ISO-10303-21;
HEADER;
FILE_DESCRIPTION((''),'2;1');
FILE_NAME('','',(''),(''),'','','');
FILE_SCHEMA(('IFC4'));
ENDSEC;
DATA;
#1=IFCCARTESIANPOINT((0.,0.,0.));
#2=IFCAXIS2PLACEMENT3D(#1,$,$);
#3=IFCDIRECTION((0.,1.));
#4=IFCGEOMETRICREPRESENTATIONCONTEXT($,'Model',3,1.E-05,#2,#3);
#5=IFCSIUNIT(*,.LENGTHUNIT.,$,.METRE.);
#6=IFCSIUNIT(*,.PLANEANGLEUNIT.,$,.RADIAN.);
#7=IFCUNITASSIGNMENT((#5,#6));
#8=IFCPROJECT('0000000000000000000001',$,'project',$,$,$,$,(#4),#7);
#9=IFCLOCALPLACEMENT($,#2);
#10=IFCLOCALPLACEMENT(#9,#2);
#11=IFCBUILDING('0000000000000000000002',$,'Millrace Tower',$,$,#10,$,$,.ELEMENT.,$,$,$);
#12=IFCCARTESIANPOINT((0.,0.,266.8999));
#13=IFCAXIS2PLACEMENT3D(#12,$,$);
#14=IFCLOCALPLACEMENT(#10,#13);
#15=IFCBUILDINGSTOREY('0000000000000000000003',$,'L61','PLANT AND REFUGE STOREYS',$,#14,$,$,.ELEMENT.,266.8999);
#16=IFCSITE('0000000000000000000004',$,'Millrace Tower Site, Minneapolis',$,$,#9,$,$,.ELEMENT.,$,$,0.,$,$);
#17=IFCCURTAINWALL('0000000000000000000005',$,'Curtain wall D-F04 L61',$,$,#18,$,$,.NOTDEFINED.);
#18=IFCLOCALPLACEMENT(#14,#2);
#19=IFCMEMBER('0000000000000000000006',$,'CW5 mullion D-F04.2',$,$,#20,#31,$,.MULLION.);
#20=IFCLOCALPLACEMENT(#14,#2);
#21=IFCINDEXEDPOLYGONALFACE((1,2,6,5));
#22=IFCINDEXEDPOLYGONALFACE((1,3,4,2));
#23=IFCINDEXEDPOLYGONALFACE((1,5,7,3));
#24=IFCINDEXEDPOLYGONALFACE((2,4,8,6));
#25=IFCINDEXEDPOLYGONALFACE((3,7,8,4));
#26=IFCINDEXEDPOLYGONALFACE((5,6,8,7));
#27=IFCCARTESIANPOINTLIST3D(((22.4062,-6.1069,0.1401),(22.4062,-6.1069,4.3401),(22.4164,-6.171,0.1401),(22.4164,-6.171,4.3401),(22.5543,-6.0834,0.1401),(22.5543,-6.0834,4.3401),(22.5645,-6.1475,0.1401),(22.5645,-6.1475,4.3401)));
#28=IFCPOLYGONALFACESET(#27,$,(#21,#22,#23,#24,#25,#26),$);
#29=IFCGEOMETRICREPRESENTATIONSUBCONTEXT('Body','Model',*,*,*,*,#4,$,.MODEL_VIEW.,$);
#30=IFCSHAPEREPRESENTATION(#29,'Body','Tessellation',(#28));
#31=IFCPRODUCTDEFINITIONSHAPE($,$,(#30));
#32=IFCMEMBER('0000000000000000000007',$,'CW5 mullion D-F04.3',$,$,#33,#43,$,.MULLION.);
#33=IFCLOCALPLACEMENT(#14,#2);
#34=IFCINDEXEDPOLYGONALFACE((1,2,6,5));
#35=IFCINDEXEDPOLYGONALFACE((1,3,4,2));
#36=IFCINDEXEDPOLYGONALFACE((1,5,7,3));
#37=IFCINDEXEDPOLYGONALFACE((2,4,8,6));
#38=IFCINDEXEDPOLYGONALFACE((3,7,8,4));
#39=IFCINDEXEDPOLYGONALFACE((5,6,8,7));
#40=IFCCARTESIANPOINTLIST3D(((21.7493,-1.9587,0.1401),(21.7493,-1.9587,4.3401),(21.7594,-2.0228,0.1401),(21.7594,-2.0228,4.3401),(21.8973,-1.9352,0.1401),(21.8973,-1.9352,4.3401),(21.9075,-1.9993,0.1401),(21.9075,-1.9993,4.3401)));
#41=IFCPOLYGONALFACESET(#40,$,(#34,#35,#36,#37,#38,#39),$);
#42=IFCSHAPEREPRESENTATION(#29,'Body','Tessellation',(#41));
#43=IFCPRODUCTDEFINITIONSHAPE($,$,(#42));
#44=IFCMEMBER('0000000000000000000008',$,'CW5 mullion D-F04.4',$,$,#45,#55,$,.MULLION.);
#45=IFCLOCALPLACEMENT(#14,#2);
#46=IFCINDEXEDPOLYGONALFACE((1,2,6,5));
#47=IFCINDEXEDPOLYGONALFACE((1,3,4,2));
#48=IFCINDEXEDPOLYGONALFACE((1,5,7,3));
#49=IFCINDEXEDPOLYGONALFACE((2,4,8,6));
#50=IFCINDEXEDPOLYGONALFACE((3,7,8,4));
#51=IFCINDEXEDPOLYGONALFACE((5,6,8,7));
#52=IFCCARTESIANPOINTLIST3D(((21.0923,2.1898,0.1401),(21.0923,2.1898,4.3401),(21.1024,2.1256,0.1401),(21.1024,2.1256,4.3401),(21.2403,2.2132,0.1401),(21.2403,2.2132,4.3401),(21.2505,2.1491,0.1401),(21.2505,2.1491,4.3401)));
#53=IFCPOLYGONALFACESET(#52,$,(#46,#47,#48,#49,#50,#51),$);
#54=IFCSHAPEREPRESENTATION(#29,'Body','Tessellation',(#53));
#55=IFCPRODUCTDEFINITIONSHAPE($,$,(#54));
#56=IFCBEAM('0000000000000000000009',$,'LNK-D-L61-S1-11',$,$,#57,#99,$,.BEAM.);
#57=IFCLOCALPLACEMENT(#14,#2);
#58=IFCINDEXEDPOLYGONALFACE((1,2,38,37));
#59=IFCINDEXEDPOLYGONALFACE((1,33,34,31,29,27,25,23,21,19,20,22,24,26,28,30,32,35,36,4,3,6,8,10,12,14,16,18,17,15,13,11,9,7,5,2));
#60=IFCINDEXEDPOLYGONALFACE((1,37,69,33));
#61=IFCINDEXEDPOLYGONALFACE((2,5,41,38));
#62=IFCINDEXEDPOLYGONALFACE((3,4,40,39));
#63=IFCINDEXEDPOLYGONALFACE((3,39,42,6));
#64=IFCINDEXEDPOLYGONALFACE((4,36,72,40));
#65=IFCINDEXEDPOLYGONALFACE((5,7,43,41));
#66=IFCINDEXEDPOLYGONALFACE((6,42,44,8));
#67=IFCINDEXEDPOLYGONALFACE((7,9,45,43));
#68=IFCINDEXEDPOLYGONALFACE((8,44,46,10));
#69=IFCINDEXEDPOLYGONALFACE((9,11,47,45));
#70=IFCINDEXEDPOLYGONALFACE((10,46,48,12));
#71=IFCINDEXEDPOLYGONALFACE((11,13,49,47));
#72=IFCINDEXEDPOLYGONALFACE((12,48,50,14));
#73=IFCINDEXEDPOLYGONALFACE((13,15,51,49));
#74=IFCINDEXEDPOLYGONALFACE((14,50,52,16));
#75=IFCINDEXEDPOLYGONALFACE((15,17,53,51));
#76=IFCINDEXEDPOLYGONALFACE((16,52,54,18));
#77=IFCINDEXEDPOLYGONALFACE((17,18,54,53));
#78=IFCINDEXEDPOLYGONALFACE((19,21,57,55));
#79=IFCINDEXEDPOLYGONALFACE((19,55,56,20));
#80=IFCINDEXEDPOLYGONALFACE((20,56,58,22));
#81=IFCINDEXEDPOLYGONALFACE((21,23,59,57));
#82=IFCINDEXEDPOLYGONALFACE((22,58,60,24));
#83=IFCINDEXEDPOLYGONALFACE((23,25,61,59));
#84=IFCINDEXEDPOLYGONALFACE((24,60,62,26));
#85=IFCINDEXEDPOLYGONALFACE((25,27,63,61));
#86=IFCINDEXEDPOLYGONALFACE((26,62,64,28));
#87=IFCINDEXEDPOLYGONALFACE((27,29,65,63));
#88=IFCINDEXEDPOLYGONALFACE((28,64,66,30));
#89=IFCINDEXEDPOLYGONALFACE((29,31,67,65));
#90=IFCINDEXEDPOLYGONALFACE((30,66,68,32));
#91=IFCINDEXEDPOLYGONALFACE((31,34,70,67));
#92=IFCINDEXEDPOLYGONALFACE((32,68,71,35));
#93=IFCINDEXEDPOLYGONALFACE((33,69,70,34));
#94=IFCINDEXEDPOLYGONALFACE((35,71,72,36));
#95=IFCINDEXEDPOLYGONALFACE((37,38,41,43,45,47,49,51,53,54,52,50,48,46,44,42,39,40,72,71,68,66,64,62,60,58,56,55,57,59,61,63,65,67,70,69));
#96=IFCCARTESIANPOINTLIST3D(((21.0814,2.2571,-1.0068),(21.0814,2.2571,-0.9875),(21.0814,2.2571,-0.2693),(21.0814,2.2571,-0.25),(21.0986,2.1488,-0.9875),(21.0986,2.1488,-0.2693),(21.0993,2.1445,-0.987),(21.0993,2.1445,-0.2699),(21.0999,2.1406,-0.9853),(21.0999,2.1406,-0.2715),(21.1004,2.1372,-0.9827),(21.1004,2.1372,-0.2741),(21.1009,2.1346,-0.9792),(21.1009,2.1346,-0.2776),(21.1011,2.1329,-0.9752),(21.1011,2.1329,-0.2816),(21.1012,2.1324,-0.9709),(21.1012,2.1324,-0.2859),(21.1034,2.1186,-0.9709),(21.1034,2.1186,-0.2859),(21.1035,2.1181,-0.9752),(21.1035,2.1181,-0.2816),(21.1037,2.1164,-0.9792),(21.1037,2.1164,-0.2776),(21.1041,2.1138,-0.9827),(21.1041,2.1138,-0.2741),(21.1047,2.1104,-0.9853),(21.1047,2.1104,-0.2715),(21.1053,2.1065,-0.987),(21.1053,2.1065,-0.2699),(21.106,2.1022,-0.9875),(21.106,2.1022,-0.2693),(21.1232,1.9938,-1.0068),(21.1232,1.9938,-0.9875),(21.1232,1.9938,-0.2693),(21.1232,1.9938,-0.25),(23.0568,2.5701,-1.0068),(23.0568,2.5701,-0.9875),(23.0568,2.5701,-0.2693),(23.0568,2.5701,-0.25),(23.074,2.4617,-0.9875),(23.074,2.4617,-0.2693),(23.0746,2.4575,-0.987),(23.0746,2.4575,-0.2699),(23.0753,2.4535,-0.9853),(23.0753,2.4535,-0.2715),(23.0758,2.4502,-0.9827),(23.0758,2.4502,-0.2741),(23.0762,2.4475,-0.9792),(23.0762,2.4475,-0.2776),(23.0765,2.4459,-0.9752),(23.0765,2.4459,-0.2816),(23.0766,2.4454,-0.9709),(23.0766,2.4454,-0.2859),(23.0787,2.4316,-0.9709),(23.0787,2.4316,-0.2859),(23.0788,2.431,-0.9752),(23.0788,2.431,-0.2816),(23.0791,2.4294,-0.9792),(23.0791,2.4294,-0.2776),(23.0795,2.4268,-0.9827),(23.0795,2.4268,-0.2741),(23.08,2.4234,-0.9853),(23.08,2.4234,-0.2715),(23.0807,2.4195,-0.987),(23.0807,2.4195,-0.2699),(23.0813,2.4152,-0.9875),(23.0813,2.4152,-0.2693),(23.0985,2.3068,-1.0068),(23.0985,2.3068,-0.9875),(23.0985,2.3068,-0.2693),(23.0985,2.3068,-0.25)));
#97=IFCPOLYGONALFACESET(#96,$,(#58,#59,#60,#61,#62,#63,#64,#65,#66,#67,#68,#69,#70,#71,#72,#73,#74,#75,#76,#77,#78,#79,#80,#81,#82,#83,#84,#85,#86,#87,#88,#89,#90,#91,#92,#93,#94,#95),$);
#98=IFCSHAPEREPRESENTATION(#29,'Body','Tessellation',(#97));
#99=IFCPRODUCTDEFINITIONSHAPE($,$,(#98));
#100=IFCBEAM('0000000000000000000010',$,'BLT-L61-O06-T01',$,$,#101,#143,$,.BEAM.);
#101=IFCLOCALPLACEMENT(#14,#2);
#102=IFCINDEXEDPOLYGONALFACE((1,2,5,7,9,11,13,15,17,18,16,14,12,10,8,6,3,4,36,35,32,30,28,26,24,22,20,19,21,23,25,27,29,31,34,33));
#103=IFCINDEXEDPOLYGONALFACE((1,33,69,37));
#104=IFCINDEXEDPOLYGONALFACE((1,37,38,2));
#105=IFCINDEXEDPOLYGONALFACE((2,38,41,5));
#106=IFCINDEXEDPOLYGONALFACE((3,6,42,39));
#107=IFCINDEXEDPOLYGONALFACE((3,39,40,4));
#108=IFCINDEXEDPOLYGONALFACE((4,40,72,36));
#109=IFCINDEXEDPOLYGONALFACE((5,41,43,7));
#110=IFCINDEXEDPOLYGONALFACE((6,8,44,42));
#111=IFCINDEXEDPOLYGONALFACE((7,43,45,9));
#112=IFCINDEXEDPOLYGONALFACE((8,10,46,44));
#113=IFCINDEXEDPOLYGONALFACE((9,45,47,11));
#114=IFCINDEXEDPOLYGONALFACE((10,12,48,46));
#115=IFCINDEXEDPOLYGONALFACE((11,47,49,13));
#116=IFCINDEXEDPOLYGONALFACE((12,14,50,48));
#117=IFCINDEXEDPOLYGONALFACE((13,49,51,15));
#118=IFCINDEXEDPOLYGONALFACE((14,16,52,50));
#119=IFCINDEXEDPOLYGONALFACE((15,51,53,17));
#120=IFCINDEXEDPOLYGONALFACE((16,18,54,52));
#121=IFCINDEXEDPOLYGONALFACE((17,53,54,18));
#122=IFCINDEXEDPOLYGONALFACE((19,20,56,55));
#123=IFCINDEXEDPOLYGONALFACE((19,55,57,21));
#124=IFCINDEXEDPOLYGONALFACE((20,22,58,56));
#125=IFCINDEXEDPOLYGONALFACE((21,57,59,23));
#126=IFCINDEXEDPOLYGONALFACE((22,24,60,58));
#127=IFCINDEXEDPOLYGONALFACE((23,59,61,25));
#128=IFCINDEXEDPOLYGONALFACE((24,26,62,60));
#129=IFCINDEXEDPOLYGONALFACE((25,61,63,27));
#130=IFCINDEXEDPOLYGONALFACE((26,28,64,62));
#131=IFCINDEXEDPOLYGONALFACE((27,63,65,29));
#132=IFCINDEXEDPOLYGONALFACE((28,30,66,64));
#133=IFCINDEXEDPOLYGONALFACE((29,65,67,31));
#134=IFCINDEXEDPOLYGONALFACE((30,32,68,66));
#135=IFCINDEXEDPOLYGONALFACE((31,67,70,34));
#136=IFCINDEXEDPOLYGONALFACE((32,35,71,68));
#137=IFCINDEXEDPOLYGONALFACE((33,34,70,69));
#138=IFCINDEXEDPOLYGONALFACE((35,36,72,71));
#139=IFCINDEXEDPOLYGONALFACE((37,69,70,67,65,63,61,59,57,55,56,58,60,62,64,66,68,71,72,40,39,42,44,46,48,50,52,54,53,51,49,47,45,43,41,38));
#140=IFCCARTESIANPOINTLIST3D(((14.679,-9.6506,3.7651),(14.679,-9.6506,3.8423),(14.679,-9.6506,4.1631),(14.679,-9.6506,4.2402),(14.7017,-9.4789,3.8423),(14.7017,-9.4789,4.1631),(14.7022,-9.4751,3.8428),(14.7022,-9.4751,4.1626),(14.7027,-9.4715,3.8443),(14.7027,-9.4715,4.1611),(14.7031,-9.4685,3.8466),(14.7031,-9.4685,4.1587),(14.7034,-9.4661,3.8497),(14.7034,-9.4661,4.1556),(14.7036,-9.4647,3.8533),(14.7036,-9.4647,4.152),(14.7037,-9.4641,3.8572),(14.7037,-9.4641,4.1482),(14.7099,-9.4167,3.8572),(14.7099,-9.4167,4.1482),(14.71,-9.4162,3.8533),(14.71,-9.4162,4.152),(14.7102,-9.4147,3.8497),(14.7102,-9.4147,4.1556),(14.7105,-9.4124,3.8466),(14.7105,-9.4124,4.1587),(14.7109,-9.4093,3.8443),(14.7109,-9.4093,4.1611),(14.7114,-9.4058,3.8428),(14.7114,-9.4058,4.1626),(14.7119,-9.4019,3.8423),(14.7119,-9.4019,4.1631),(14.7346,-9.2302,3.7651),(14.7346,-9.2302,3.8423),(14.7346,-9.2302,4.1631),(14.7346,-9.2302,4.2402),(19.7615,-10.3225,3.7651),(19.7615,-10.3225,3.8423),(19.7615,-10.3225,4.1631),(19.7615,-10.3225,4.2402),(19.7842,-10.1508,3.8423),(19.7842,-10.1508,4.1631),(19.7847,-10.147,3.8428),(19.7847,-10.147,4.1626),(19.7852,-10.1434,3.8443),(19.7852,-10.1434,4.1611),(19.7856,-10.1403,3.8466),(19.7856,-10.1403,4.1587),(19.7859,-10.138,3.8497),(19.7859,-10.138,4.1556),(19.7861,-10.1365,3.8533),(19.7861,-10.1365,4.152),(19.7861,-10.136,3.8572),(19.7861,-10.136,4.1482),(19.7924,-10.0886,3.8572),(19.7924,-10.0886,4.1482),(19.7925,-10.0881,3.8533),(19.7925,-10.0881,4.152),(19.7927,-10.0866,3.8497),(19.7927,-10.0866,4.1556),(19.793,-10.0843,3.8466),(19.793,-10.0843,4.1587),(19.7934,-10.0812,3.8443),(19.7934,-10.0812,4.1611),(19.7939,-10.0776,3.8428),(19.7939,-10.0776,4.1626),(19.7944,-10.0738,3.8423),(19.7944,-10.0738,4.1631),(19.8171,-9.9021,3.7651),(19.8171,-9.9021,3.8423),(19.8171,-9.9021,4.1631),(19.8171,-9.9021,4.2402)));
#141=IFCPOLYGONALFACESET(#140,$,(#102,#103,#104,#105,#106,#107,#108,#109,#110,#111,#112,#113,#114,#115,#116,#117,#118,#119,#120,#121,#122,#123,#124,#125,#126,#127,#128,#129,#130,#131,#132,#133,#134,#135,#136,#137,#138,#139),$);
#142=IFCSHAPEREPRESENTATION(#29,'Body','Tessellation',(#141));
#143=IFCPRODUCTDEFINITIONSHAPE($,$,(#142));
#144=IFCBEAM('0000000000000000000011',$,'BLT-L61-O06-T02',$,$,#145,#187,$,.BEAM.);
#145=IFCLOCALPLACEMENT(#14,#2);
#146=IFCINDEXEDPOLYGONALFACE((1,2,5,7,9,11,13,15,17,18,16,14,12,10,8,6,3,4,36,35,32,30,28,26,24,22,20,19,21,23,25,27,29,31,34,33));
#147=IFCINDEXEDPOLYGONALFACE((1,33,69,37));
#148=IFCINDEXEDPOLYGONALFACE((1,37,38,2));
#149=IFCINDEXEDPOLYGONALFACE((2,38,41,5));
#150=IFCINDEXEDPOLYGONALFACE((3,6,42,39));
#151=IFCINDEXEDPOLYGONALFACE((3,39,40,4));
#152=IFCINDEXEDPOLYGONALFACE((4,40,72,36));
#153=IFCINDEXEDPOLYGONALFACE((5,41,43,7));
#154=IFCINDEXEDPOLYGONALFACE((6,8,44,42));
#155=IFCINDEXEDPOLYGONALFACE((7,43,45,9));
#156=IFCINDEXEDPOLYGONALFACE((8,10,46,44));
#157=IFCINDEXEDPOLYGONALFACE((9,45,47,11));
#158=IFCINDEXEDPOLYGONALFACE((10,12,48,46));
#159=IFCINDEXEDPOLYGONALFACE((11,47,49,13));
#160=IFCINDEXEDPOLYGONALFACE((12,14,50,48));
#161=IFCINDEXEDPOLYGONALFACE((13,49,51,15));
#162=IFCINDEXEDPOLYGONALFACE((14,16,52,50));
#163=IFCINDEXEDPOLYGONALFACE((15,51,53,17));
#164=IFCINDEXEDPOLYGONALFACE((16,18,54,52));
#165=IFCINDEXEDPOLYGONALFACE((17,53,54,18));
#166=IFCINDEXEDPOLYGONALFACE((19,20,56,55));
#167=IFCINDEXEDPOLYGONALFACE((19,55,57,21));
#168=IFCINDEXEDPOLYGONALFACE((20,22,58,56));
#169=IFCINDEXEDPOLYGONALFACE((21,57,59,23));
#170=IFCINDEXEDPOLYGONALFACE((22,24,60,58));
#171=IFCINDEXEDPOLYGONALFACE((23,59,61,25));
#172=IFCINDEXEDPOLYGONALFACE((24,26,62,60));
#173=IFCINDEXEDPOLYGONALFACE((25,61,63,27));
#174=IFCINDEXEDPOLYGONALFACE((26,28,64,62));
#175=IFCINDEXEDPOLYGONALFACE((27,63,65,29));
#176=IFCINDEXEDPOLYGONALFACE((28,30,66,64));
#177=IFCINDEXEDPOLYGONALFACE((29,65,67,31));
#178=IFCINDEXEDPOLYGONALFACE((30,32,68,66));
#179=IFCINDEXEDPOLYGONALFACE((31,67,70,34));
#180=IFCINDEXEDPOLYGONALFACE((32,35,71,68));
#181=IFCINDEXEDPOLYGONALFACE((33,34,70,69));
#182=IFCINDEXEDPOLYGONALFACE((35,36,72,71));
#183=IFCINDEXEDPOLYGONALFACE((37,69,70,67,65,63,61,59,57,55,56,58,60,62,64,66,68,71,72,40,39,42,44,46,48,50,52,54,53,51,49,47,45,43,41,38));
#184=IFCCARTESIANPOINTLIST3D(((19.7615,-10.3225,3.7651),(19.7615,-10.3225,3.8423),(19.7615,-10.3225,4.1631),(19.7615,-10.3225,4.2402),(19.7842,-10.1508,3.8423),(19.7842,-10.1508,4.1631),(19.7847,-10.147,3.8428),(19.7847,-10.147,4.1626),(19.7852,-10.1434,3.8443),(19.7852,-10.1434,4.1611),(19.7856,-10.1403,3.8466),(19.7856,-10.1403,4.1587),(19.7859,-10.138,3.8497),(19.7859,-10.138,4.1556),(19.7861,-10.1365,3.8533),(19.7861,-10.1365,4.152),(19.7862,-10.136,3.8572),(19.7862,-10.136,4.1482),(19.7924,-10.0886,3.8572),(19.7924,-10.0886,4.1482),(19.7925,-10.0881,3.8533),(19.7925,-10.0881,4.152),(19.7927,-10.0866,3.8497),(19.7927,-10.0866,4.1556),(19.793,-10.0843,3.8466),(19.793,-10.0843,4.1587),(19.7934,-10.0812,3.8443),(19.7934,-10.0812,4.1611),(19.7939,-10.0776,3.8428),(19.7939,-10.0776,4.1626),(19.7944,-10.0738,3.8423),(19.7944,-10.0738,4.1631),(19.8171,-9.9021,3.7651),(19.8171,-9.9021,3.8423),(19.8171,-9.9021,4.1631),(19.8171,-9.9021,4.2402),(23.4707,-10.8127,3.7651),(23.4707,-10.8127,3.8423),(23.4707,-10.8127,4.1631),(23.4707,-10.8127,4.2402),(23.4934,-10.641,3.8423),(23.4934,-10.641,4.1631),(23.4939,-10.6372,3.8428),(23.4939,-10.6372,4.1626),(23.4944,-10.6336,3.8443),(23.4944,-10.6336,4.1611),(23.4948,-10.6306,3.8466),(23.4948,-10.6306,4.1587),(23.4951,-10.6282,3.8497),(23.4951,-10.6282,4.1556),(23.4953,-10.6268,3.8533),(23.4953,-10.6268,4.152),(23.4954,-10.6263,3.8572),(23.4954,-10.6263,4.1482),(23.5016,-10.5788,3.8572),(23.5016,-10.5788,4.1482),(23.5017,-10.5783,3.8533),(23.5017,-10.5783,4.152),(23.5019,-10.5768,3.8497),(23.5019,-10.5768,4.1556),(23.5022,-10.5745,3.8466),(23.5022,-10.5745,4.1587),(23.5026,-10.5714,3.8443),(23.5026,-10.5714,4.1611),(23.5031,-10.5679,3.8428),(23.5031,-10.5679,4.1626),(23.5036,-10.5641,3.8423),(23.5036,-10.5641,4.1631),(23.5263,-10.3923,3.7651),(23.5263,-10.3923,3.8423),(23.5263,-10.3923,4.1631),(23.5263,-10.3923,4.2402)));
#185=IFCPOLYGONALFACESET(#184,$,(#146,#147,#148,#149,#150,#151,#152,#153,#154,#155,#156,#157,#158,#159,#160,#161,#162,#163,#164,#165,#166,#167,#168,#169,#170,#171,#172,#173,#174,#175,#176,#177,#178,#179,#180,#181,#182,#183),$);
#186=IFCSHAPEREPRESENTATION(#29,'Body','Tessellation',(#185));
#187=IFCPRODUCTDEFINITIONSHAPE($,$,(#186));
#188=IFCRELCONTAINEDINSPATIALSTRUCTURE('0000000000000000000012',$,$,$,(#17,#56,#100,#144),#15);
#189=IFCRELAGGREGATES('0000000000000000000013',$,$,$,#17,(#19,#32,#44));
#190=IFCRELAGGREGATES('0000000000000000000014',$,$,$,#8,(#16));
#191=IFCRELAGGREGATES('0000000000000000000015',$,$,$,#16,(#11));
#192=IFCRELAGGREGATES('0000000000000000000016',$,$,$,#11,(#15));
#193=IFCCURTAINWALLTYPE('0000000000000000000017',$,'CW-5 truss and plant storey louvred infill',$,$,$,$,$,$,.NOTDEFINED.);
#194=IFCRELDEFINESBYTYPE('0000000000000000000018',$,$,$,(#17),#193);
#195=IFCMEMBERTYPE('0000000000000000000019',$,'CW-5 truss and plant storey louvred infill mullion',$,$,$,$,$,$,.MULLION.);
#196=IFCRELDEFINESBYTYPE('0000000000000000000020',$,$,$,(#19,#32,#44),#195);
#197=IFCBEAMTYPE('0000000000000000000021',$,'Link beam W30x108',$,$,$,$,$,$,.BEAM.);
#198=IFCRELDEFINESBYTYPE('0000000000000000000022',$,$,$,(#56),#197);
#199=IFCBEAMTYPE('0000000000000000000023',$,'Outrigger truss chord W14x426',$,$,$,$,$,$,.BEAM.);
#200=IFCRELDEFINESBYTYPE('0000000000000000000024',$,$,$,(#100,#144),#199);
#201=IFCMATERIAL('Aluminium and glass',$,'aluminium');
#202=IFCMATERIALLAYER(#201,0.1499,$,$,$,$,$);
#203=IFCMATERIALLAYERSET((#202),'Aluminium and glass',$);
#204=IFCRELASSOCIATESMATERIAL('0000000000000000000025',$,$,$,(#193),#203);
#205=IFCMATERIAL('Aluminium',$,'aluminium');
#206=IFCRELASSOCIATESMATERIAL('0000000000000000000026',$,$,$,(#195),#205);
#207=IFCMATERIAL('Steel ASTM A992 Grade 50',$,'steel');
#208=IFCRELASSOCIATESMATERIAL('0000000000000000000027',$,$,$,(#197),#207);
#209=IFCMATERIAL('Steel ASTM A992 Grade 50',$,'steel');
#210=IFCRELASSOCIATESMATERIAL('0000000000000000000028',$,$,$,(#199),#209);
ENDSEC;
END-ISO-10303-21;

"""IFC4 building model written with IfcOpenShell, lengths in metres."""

from ifc_helpers import new_model, si_unit, direction, frame, origin, origin_2d, place, context, subcontext, project, spatial, rectangle, i_section, extrude, material, layer, layer_set, material_profile, profile_set, type_object, element, aggregate, save


model = new_model("IFC4")

# Units and contexts
model_context = context("Model", 3, precision=1e-05, world=origin(), true_north=direction((0.0, 1.0)))
body_context = subcontext(model_context, "Body", "Model", "MODEL_VIEW")
ifc_project = project(units=[si_unit("LENGTHUNIT", "METRE"), si_unit("PLANEANGLEUNIT", "RADIAN")], contexts=[model_context])

# Site, building, storey
site_placement = place(None, origin())
site = spatial("IfcSite", under=ifc_project, at=site_placement, Name="Millrace Tower Site, Minneapolis", CompositionType="ELEMENT", RefElevation=0.0)
building_placement = place(site_placement, origin())
building = spatial("IfcBuilding", under=site, at=building_placement, Name="Millrace Tower", CompositionType="ELEMENT")
storey_placement = place(building_placement, frame((0.0, 0.0, 266.8999)))
storey = spatial("IfcBuildingStorey", under=building, at=storey_placement, Name="L61", Description="PLANT AND REFUGE STOREYS", CompositionType="ELEMENT", Elevation=266.8999)

# Curtain wall, members
ifc_material_1 = material(Name="Aluminium and glass", Category="aluminium")
ifc_layer_1 = layer(ifc_material_1, 0.1499)
ifc_layer_set_1 = layer_set([ifc_layer_1], Name="Aluminium and glass")
curtain_wall_type = type_object("IfcCurtainWallType", Name="CW-5 truss and plant storey louvred infill", PredefinedType="NOTDEFINED", material=ifc_layer_set_1)
curtain_wall_placement = place(storey_placement, origin())
curtain_wall = element("IfcCurtainWall", 1, at=curtain_wall_placement, inside=storey, type_object=curtain_wall_type, Name="Curtain wall D-F04 L61", PredefinedType="NOTDEFINED")
ifc_material_2 = material(Name="Aluminium", Category="aluminium")
ifc_material_profile_1 = material_profile(ifc_material_2, rectangle(XDim=0.0649, YDim=0.1499, at=origin_2d()))
ifc_profile_set_1 = profile_set([ifc_material_profile_1], Name="Aluminium")
member_type_1 = type_object("IfcMemberType", Name="CW-5 truss and plant storey louvred infill mullion", PredefinedType="MULLION", material=ifc_profile_set_1)
member_1_placement = place(storey_placement, frame((22.4854, -6.1272, 0.1401), z_axis=(0.0, 0.0, 1.0), x_axis=(-0.156434, 0.987688, 0.0)))
member_1 = element("IfcMember", 2, at=member_1_placement, type_object=member_type_1, Name="CW5 mullion D-F04.2", PredefinedType="MULLION", context=body_context, shape_type="SweptSolid", body=[
    extrude(rectangle(XDim=0.0649, YDim=0.1499, at=origin_2d()), origin(), (0.0, 0.0, 1.0), 4.2),
])
member_2_placement = place(storey_placement, frame((21.8284, -1.979, 0.1401), z_axis=(0.0, 0.0, 1.0), x_axis=(-0.156434, 0.987688, 0.0)))
member_2 = element("IfcMember", 3, at=member_2_placement, type_object=member_type_1, Name="CW5 mullion D-F04.3", PredefinedType="MULLION", context=body_context, shape_type="SweptSolid", body=[
    extrude(rectangle(XDim=0.0649, YDim=0.1499, at=origin_2d()), origin(), (0.0, 0.0, 1.0), 4.2),
])
member_3_placement = place(storey_placement, frame((21.1714, 2.1694, 0.1401), z_axis=(0.0, 0.0, 1.0), x_axis=(-0.156434, 0.987688, 0.0)))
member_3 = element("IfcMember", 4, at=member_3_placement, type_object=member_type_1, Name="CW5 mullion D-F04.4", PredefinedType="MULLION", context=body_context, shape_type="SweptSolid", body=[
    extrude(rectangle(XDim=0.0649, YDim=0.1499, at=origin_2d()), origin(), (0.0, 0.0, 1.0), 4.2),
])
aggregate(curtain_wall, [member_1, member_2, member_3])

# Beams
ifc_material_3 = material(Name="Steel ASTM A992 Grade 50", Category="steel")
ifc_material_profile_2 = material_profile(ifc_material_3, i_section(OverallWidth=0.2666, OverallDepth=0.7568, WebThickness=0.0139, FlangeThickness=0.0193, FilletRadius=0.0166, at=origin_2d()))
ifc_profile_set_2 = profile_set([ifc_material_profile_2], Name="Steel ASTM A992 Grade 50")
beam_type_1 = type_object("IfcBeamType", Name="Link beam W30x108", PredefinedType="BEAM", material=ifc_profile_set_2)
beam_1_placement = place(storey_placement, frame((21.1023, 2.1255, -0.6284), z_axis=(0.987679, 0.156495, 0.0), x_axis=(-0.156495, 0.987679, 0.0)))
element("IfcBeam", 5, at=beam_1_placement, inside=storey, type_object=beam_type_1, Name="LNK-D-L61-S1-11", PredefinedType="BEAM", context=body_context, shape_type="SweptSolid", body=[
    extrude(i_section(OverallWidth=0.2666, OverallDepth=0.7568, WebThickness=0.0139, FlangeThickness=0.0193, FilletRadius=0.0166, at=origin_2d()), origin(), (0.0, 0.0, 1.0), 2.0),
])
ifc_material_4 = material(Name="Steel ASTM A992 Grade 50", Category="steel")
ifc_material_profile_3 = material_profile(ifc_material_4, i_section(OverallWidth=0.4241, OverallDepth=0.4751, WebThickness=0.0479, FlangeThickness=0.0771, FilletRadius=0.0149, at=origin_2d()))
ifc_profile_set_3 = profile_set([ifc_material_profile_3], Name="Steel ASTM A992 Grade 50")
beam_type_2 = type_object("IfcBeamType", Name="Outrigger truss chord W14x426", PredefinedType="BEAM", material=ifc_profile_set_3)
beam_2_placement = place(storey_placement, frame((14.7068, -9.4404, 4.0027), z_axis=(0.991375, -0.131053, 0.0), x_axis=(0.131053, 0.991375, 0.0)))
element("IfcBeam", 6, at=beam_2_placement, inside=storey, type_object=beam_type_2, Name="BLT-L61-O06-T01", PredefinedType="BEAM", context=body_context, shape_type="SweptSolid", body=[
    extrude(i_section(OverallWidth=0.4241, OverallDepth=0.4751, WebThickness=0.0479, FlangeThickness=0.0771, FilletRadius=0.0149, at=origin_2d()), origin(), (0.0, 0.0, 1.0), 5.1267),
])
beam_3_placement = place(storey_placement, frame((19.7893, -10.1123, 4.0027), z_axis=(0.991379, -0.131027, 0.0), x_axis=(0.131027, 0.991379, 0.0)))
element("IfcBeam", 7, at=beam_3_placement, inside=storey, type_object=beam_type_2, Name="BLT-L61-O06-T02", PredefinedType="BEAM", context=body_context, shape_type="SweptSolid", body=[
    extrude(i_section(OverallWidth=0.4241, OverallDepth=0.4751, WebThickness=0.0479, FlangeThickness=0.0771, FilletRadius=0.0149, at=origin_2d()), origin(), (0.0, 0.0, 1.0), 3.7415),
])

save(model, "model.ifc")
